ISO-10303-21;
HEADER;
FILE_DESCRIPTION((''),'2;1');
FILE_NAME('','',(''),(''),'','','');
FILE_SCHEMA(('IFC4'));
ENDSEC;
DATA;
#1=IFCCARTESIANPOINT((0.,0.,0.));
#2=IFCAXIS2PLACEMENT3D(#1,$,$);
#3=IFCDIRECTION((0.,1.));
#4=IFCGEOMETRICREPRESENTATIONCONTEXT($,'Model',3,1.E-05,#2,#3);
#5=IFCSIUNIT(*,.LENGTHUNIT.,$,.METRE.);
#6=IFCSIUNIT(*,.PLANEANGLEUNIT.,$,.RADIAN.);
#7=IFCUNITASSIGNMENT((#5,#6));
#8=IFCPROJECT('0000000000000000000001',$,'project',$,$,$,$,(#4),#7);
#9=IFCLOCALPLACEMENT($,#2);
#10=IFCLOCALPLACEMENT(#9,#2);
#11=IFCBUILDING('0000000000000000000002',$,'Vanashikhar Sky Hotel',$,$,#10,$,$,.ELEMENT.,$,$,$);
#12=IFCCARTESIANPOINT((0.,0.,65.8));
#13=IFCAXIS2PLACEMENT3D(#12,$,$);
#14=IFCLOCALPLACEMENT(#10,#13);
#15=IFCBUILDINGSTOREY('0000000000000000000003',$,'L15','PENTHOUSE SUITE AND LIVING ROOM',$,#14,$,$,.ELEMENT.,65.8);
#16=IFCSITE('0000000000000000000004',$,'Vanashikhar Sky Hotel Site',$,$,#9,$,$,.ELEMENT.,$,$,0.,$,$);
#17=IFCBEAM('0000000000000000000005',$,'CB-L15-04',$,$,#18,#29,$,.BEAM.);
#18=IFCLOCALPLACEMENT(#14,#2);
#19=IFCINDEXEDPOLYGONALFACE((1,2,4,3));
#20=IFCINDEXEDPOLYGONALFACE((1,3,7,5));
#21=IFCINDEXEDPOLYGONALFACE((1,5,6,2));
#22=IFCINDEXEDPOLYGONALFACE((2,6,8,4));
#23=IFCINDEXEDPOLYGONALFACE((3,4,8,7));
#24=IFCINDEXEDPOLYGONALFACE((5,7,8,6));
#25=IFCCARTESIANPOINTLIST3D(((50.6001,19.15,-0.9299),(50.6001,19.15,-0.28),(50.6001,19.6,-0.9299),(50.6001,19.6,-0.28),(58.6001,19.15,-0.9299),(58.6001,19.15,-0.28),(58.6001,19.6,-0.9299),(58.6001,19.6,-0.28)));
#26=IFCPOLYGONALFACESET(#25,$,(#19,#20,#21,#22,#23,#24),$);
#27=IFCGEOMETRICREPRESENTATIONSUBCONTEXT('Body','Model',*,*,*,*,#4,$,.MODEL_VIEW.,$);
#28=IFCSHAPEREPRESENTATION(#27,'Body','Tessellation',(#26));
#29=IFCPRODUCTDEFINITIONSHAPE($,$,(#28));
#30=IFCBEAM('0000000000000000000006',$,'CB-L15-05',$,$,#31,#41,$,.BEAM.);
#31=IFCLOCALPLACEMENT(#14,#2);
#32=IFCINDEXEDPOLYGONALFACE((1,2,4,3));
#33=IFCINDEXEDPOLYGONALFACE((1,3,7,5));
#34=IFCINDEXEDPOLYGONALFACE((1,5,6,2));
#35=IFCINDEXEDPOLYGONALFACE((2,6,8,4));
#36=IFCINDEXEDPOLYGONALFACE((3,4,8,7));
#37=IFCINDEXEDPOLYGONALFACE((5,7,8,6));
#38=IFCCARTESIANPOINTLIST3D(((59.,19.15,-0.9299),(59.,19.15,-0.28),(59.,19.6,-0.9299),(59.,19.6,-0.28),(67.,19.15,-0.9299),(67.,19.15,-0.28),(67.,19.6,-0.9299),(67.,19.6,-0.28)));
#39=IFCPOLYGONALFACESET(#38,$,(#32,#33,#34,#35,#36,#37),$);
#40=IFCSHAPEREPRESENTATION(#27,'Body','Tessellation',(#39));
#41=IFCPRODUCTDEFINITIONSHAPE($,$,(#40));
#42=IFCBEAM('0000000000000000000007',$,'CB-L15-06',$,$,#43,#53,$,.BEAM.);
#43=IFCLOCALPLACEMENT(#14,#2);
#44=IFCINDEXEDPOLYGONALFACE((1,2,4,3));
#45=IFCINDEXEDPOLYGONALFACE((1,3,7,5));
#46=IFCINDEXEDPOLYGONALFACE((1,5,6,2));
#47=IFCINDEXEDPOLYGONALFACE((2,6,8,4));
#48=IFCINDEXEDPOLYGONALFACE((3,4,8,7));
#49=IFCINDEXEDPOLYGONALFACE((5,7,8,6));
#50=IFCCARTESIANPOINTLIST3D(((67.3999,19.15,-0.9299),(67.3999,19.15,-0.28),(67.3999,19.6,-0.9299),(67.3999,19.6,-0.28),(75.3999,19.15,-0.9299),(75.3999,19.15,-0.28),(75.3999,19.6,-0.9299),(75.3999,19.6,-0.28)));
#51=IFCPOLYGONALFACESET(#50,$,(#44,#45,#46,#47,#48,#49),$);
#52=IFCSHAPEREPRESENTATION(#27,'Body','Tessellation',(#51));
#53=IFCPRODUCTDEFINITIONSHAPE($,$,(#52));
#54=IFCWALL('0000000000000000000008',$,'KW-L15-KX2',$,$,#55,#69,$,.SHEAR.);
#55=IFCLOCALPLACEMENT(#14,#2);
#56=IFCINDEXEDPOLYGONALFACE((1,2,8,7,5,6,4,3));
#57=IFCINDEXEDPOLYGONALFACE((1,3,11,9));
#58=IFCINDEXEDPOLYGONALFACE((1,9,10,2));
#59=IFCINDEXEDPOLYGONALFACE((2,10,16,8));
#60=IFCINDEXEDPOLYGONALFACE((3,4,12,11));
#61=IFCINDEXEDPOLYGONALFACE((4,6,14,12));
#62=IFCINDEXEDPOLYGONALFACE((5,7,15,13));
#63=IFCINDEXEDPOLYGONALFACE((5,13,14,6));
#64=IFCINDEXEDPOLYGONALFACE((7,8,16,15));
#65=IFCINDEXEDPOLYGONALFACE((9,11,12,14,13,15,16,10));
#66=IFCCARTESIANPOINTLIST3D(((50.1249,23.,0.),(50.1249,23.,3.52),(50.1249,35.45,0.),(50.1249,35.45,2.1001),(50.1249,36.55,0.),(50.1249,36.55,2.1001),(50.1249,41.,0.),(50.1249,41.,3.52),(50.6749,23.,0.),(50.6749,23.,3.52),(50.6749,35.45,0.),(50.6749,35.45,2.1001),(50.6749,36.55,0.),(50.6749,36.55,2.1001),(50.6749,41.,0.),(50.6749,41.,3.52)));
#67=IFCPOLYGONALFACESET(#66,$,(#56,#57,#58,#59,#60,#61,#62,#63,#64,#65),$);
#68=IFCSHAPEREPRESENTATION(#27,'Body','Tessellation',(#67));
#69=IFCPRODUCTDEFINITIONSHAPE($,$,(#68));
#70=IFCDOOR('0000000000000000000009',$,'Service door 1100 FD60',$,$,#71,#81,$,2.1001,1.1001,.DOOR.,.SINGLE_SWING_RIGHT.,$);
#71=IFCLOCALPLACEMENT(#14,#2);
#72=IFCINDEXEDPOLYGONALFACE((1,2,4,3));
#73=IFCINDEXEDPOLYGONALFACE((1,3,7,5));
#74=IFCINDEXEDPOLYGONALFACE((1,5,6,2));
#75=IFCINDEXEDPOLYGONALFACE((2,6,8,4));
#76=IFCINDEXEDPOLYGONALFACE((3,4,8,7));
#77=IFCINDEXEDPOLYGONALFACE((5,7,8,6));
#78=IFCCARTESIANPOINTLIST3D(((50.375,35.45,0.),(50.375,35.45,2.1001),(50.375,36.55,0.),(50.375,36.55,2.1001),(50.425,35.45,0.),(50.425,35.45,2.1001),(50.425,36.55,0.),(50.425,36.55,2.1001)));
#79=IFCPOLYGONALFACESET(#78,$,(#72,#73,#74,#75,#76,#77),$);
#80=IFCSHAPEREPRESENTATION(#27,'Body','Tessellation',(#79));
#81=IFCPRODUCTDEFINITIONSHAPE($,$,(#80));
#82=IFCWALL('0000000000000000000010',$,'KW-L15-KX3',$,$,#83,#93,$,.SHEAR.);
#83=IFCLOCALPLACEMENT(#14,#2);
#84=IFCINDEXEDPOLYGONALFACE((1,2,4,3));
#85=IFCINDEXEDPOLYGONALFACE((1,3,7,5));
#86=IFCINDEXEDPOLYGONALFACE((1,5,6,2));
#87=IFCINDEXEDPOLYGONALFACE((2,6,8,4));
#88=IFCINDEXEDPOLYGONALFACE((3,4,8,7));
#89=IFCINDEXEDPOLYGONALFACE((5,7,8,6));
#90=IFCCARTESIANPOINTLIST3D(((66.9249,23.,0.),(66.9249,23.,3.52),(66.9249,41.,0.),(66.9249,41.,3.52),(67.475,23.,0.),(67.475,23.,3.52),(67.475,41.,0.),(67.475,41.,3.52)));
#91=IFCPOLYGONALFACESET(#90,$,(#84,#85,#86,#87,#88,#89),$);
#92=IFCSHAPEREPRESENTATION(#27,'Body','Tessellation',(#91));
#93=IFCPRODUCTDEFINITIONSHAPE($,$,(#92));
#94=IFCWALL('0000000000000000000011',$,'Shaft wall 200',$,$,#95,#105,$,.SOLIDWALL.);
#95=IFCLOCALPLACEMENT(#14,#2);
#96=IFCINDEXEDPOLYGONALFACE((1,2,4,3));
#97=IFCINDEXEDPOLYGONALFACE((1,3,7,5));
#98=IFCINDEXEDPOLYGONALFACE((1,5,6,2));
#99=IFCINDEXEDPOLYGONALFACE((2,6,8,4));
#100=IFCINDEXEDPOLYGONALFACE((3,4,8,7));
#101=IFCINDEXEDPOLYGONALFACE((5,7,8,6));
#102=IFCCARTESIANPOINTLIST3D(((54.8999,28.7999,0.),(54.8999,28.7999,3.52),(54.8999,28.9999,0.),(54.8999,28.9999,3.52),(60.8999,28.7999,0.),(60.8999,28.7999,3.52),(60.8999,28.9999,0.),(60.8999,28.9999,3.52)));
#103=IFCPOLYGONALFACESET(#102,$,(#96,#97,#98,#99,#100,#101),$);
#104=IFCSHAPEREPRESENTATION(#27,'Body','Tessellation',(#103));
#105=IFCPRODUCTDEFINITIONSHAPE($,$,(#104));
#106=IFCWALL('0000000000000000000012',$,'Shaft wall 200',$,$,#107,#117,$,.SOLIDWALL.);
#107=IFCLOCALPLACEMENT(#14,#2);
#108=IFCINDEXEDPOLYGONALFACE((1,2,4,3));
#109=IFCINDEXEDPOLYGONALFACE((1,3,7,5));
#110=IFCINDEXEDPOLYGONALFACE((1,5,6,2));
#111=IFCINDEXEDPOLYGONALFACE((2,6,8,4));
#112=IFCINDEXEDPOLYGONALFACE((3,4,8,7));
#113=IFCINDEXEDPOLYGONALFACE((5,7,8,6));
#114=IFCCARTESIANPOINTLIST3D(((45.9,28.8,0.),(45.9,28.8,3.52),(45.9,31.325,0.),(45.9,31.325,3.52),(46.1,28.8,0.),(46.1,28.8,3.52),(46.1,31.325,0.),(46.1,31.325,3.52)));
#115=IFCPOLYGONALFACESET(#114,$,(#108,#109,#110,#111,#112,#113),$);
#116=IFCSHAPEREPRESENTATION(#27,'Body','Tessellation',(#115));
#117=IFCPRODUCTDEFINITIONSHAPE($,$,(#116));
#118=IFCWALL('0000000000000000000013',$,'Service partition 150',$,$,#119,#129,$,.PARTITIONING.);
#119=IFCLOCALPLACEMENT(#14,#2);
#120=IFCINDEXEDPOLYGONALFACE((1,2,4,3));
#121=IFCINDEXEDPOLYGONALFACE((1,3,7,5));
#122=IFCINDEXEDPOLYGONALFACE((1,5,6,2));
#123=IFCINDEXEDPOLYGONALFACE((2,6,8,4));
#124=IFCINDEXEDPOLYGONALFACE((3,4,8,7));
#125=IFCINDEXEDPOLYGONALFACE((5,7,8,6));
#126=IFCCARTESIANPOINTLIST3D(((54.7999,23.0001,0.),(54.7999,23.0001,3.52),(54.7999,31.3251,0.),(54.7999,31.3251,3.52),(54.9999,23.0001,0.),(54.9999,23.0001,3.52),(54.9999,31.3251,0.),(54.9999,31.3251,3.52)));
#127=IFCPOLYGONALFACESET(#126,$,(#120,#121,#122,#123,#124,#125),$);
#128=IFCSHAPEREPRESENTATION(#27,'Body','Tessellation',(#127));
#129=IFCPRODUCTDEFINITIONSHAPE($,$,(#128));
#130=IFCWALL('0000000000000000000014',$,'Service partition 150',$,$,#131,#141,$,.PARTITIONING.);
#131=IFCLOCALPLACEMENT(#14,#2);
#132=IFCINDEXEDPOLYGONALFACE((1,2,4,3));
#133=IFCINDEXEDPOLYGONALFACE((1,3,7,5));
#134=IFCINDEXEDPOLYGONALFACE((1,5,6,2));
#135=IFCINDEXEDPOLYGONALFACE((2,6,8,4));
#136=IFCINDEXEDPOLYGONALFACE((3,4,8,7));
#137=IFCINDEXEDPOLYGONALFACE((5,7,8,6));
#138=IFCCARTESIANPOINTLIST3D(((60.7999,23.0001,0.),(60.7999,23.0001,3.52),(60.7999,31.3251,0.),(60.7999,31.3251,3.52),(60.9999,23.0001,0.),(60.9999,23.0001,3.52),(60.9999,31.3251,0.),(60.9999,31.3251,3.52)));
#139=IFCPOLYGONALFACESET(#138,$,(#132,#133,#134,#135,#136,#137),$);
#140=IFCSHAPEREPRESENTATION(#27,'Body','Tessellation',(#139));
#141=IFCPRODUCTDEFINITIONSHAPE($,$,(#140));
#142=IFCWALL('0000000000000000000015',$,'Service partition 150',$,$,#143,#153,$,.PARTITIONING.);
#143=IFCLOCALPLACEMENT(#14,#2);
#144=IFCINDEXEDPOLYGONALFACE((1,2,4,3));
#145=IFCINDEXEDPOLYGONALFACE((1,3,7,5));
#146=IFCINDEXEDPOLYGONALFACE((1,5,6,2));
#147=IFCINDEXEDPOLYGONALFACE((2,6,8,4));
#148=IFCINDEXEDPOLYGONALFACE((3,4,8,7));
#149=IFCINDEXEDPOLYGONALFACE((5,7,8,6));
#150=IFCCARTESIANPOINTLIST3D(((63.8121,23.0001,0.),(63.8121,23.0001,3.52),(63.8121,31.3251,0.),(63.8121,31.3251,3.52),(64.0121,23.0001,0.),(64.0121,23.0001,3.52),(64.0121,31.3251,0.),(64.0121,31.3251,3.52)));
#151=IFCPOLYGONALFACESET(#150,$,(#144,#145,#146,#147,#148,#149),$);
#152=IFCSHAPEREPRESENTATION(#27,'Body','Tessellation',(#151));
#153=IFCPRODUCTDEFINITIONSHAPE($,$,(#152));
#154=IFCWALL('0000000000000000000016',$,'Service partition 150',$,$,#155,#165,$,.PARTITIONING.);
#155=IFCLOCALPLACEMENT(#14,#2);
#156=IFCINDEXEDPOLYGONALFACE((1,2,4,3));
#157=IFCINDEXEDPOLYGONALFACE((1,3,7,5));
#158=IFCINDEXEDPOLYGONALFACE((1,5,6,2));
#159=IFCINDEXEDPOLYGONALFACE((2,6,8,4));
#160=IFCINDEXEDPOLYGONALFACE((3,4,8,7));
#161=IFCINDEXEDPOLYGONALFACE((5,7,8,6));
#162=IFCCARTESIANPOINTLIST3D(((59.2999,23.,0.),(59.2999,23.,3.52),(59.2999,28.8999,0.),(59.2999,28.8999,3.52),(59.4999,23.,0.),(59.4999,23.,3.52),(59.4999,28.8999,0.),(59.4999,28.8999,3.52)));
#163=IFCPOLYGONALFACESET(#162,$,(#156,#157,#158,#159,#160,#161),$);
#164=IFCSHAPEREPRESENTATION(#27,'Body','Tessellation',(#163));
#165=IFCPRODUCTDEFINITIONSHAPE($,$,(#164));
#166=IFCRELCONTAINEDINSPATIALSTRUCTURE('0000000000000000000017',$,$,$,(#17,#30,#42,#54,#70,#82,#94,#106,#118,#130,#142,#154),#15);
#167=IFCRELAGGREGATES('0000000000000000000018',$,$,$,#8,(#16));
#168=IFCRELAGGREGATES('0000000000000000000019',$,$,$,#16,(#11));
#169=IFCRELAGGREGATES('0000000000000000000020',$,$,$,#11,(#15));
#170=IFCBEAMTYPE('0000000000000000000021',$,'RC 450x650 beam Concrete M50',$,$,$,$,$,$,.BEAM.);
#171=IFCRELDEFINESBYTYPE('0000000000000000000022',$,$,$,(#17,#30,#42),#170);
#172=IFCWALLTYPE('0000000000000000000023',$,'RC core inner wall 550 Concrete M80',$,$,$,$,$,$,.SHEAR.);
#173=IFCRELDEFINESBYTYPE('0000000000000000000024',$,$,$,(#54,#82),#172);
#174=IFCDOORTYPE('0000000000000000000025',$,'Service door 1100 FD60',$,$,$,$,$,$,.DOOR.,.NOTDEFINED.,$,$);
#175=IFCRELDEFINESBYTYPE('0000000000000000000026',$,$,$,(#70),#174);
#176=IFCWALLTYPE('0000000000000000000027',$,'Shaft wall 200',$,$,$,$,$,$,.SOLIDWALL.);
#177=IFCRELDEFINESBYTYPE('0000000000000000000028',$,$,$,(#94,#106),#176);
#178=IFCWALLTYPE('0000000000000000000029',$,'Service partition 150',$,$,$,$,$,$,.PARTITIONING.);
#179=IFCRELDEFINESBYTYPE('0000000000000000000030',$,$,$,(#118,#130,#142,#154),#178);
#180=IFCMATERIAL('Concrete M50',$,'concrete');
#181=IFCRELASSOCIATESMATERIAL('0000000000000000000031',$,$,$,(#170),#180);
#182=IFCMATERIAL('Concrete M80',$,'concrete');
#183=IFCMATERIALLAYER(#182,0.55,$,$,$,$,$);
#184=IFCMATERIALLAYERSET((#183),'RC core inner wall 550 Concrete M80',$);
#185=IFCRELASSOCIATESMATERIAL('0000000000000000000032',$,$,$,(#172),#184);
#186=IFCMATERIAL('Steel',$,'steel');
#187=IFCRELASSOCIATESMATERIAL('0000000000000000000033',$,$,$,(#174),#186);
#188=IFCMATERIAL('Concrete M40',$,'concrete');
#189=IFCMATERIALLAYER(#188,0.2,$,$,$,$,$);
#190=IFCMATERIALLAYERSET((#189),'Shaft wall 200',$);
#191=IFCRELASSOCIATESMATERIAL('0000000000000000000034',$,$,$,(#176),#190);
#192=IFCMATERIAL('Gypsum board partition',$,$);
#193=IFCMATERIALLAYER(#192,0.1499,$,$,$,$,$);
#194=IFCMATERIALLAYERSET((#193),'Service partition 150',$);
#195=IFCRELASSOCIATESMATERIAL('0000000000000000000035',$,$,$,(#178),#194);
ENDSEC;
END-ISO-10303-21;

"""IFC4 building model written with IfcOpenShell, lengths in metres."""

from ifc_helpers import new_model, si_unit, direction, frame, frame_2d, origin, origin_2d, place, context, subcontext, project, spatial, rectangle, extrude, source, transform, mapped, material, layer, layer_set, material_profile, profile_set, type_object, element, fill, save


model = new_model("IFC4")

# Units and contexts
model_context = context("Model", 3, precision=1e-05, world=origin(), true_north=direction((0.0, 1.0)))
body_context = subcontext(model_context, "Body", "Model", "MODEL_VIEW")
ifc_project = project(units=[si_unit("LENGTHUNIT", "METRE"), si_unit("PLANEANGLEUNIT", "RADIAN")], contexts=[model_context])

# Site, building, storey
site_placement = place(None, origin())
site = spatial("IfcSite", under=ifc_project, at=site_placement, Name="Vanashikhar Sky Hotel Site", CompositionType="ELEMENT", RefElevation=0.0)
building_placement = place(site_placement, origin())
building = spatial("IfcBuilding", under=site, at=building_placement, Name="Vanashikhar Sky Hotel", CompositionType="ELEMENT")
storey_placement = place(building_placement, frame((0.0, 0.0, 65.8)))
storey = spatial("IfcBuildingStorey", under=building, at=storey_placement, Name="L15", Description="PENTHOUSE SUITE AND LIVING ROOM", CompositionType="ELEMENT", Elevation=65.8)

# Beams
ifc_material_1 = material(Name="Concrete M50", Category="concrete")
ifc_material_profile = material_profile(ifc_material_1, rectangle(XDim=0.45, YDim=0.6499, at=origin_2d()))
ifc_profile_set = profile_set([ifc_material_profile], Name="RC 450x650 beam Concrete M50")
beam_type = type_object("IfcBeamType", Name="RC 450x650 beam Concrete M50", PredefinedType="BEAM", material=ifc_profile_set)
shared_shape_1 = source(origin(), body_context, "Body", "SweptSolid", [
    extrude(rectangle(XDim=0.45, YDim=0.6499, at=origin_2d()), origin(), (0.0, 0.0, 1.0), 8.0),
])
for number, where, z_axis, x_axis, name in (
    (1, (50.6001, 19.375, -0.605), (1.0, 0.0, 0.0), (0.0, 1.0, 0.0), "CB-L15-04"),
    (2, (59.0, 19.375, -0.605), (1.0, 0.0, 0.0), (0.0, 1.0, 0.0), "CB-L15-05"),
    (3, (67.3999, 19.375, -0.605), (1.0, 0.0, 0.0), (0.0, 1.0, 0.0), "CB-L15-06"),
):
    element("IfcBeam", number, at=place(storey_placement, frame(where, z_axis=z_axis, x_axis=x_axis)), inside=storey, type_object=beam_type, Name=name, PredefinedType="BEAM", context=body_context, shape_type="MappedRepresentation", body=[
        mapped(shared_shape_1, transform((0.0, 0.0, 0.0), scale=1.0)),
    ])

# Wall, opening, door
ifc_material_2 = material(Name="Concrete M80", Category="concrete")
ifc_layer_1 = layer(ifc_material_2, 0.55)
ifc_layer_set_1 = layer_set([ifc_layer_1], Name="RC core inner wall 550 Concrete M80")
wall_type_1 = type_object("IfcWallType", Name="RC core inner wall 550 Concrete M80", PredefinedType="SHEAR", material=ifc_layer_set_1)
shared_shape_2 = source(origin(), body_context, "Body", "SweptSolid", [
    extrude(rectangle(XDim=18.0, YDim=0.55, at=frame_2d((9.0, 0.0))), origin(), (0.0, 0.0, 1.0), 3.52),
])
wall_1_placement = place(storey_placement, frame((50.3999, 23.0, 0.0), z_axis=(0.0, 0.0, 1.0), x_axis=(0.0, 1.0, 0.0)))
wall_1 = element("IfcWall", 4, at=wall_1_placement, inside=storey, type_object=wall_type_1, Name="KW-L15-KX2", PredefinedType="SHEAR", context=body_context, shape_type="MappedRepresentation", body=[
    mapped(shared_shape_2, transform((0.0, 0.0, 0.0), scale=1.0)),
])
shared_shape_3 = source(origin(), body_context, "Body", "SweptSolid", [
    extrude(rectangle(XDim=1.1001, YDim=2.1001, at=frame_2d((0.55, 1.05))), frame((0.0, 0.2852, 0.0), z_axis=(0.0, -1.0, 0.0), x_axis=(1.0, 0.0, 0.0)), (0.0, 0.0, 1.0), 0.5701),
])
opening_1_placement = place(wall_1_placement, frame((12.45, 0.0, 0.0)))
opening_1 = element("IfcOpeningElement", 5, at=opening_1_placement, cuts=wall_1, PredefinedType="OPENING", context=body_context, shape_type="MappedRepresentation", body=[
    mapped(shared_shape_3, transform((0.0, 0.0, 0.0), scale=1.0)),
])
ifc_material_3 = material(Name="Steel", Category="steel")
door_type_1 = type_object("IfcDoorType", Name="Service door 1100 FD60", OperationType="NOTDEFINED", PredefinedType="DOOR", material=ifc_material_3)
shared_shape_4 = source(origin(), body_context, "Body", "SweptSolid", [
    extrude(rectangle(XDim=1.1001, YDim=2.1001, at=frame_2d((0.55, 1.05))), frame((0.0, 0.0249, 0.0), z_axis=(0.0, -1.0, 0.0), x_axis=(1.0, 0.0, 0.0)), (0.0, 0.0, 1.0), 0.05),
])
door_1_placement = place(opening_1_placement, origin())
door_1 = element("IfcDoor", 6, at=door_1_placement, inside=storey, type_object=door_type_1, Name="Service door 1100 FD60", OperationType="SINGLE_SWING_RIGHT", OverallHeight=2.1001, OverallWidth=1.1001, PredefinedType="DOOR", context=body_context, shape_type="MappedRepresentation", body=[
    mapped(shared_shape_4, transform((0.0, 0.0, 0.0), scale=1.0)),
])
fill(opening_1, door_1)

# Walls
wall_2_placement = place(storey_placement, frame((67.2, 23.0, 0.0), z_axis=(0.0, 0.0, 1.0), x_axis=(0.0, 1.0, 0.0)))
element("IfcWall", 7, at=wall_2_placement, inside=storey, type_object=wall_type_1, Name="KW-L15-KX3", PredefinedType="SHEAR", context=body_context, shape_type="MappedRepresentation", body=[
    mapped(shared_shape_2, transform((0.0, 0.0, 0.0), scale=1.0)),
])
ifc_material_4 = material(Name="Concrete M40", Category="concrete")
ifc_layer_2 = layer(ifc_material_4, 0.2)
ifc_layer_set_2 = layer_set([ifc_layer_2], Name="Shaft wall 200")
wall_type_2 = type_object("IfcWallType", Name="Shaft wall 200", PredefinedType="SOLIDWALL", material=ifc_layer_set_2)
shared_shape_5 = source(origin(), body_context, "Body", "SweptSolid", [
    extrude(rectangle(XDim=6.0, YDim=0.2, at=frame_2d((3.0, 0.0))), origin(), (0.0, 0.0, 1.0), 3.52),
])
wall_3_placement = place(storey_placement, frame((60.8999, 28.8999, 0.0), z_axis=(0.0, 0.0, 1.0), x_axis=(-1.0, 0.0, 0.0)))
element("IfcWall", 8, at=wall_3_placement, inside=storey, type_object=wall_type_2, Name="Shaft wall 200", PredefinedType="SOLIDWALL", context=body_context, shape_type="MappedRepresentation", body=[
    mapped(shared_shape_5, transform((0.0, 0.0, 0.0), scale=1.0)),
])
shared_shape_6 = source(origin(), body_context, "Body", "SweptSolid", [
    extrude(rectangle(XDim=2.5249, YDim=0.2, at=frame_2d((1.2625, 0.0))), origin(), (0.0, 0.0, 1.0), 3.52),
])
wall_4_placement = place(storey_placement, frame((46.0, 28.8, 0.0), z_axis=(0.0, 0.0, 1.0), x_axis=(0.0, 1.0, 0.0)))
element("IfcWall", 9, at=wall_4_placement, inside=storey, type_object=wall_type_2, Name="Shaft wall 200", PredefinedType="SOLIDWALL", context=body_context, shape_type="MappedRepresentation", body=[
    mapped(shared_shape_6, transform((0.0, 0.0, 0.0), scale=1.0)),
])
ifc_material_5 = material(Name="Gypsum board partition")
ifc_layer_3 = layer(ifc_material_5, 0.1499)
ifc_layer_set_3 = layer_set([ifc_layer_3], Name="Service partition 150")
wall_type_3 = type_object("IfcWallType", Name="Service partition 150", PredefinedType="PARTITIONING", material=ifc_layer_set_3)
shared_shape_7 = source(origin(), body_context, "Body", "SweptSolid", [
    extrude(rectangle(XDim=8.325, YDim=0.2, at=frame_2d((4.1626, 0.0))), origin(), (0.0, 0.0, 1.0), 3.52),
])
for number, where, z_axis, x_axis, name in (
    (10, (54.8999, 23.0, 0.0), (0.0, 0.0, 1.0), (0.0, 1.0, 0.0), "Service partition 150"),
    (11, (60.8999, 23.0, 0.0), (0.0, 0.0, 1.0), (0.0, 1.0, 0.0), "Service partition 150"),
    (12, (63.9121, 23.0, 0.0), (0.0, 0.0, 1.0), (0.0, 1.0, 0.0), "Service partition 150"),
):
    element("IfcWall", number, at=place(storey_placement, frame(where, z_axis=z_axis, x_axis=x_axis)), inside=storey, type_object=wall_type_3, Name=name, PredefinedType="PARTITIONING", context=body_context, shape_type="MappedRepresentation", body=[
        mapped(shared_shape_7, transform((0.0, 0.0, 0.0), scale=1.0)),
    ])
shared_shape_8 = source(origin(), body_context, "Body", "SweptSolid", [
    extrude(rectangle(XDim=5.8999, YDim=0.2, at=frame_2d((2.95, 0.0))), origin(), (0.0, 0.0, 1.0), 3.52),
])
wall_5_placement = place(storey_placement, frame((59.3999, 23.0, 0.0), z_axis=(0.0, 0.0, 1.0), x_axis=(0.0, 1.0, 0.0)))
element("IfcWall", 13, at=wall_5_placement, inside=storey, type_object=wall_type_3, Name="Service partition 150", PredefinedType="PARTITIONING", context=body_context, shape_type="MappedRepresentation", body=[
    mapped(shared_shape_8, transform((0.0, 0.0, 0.0), scale=1.0)),
])

save(model, "model.ifc")
